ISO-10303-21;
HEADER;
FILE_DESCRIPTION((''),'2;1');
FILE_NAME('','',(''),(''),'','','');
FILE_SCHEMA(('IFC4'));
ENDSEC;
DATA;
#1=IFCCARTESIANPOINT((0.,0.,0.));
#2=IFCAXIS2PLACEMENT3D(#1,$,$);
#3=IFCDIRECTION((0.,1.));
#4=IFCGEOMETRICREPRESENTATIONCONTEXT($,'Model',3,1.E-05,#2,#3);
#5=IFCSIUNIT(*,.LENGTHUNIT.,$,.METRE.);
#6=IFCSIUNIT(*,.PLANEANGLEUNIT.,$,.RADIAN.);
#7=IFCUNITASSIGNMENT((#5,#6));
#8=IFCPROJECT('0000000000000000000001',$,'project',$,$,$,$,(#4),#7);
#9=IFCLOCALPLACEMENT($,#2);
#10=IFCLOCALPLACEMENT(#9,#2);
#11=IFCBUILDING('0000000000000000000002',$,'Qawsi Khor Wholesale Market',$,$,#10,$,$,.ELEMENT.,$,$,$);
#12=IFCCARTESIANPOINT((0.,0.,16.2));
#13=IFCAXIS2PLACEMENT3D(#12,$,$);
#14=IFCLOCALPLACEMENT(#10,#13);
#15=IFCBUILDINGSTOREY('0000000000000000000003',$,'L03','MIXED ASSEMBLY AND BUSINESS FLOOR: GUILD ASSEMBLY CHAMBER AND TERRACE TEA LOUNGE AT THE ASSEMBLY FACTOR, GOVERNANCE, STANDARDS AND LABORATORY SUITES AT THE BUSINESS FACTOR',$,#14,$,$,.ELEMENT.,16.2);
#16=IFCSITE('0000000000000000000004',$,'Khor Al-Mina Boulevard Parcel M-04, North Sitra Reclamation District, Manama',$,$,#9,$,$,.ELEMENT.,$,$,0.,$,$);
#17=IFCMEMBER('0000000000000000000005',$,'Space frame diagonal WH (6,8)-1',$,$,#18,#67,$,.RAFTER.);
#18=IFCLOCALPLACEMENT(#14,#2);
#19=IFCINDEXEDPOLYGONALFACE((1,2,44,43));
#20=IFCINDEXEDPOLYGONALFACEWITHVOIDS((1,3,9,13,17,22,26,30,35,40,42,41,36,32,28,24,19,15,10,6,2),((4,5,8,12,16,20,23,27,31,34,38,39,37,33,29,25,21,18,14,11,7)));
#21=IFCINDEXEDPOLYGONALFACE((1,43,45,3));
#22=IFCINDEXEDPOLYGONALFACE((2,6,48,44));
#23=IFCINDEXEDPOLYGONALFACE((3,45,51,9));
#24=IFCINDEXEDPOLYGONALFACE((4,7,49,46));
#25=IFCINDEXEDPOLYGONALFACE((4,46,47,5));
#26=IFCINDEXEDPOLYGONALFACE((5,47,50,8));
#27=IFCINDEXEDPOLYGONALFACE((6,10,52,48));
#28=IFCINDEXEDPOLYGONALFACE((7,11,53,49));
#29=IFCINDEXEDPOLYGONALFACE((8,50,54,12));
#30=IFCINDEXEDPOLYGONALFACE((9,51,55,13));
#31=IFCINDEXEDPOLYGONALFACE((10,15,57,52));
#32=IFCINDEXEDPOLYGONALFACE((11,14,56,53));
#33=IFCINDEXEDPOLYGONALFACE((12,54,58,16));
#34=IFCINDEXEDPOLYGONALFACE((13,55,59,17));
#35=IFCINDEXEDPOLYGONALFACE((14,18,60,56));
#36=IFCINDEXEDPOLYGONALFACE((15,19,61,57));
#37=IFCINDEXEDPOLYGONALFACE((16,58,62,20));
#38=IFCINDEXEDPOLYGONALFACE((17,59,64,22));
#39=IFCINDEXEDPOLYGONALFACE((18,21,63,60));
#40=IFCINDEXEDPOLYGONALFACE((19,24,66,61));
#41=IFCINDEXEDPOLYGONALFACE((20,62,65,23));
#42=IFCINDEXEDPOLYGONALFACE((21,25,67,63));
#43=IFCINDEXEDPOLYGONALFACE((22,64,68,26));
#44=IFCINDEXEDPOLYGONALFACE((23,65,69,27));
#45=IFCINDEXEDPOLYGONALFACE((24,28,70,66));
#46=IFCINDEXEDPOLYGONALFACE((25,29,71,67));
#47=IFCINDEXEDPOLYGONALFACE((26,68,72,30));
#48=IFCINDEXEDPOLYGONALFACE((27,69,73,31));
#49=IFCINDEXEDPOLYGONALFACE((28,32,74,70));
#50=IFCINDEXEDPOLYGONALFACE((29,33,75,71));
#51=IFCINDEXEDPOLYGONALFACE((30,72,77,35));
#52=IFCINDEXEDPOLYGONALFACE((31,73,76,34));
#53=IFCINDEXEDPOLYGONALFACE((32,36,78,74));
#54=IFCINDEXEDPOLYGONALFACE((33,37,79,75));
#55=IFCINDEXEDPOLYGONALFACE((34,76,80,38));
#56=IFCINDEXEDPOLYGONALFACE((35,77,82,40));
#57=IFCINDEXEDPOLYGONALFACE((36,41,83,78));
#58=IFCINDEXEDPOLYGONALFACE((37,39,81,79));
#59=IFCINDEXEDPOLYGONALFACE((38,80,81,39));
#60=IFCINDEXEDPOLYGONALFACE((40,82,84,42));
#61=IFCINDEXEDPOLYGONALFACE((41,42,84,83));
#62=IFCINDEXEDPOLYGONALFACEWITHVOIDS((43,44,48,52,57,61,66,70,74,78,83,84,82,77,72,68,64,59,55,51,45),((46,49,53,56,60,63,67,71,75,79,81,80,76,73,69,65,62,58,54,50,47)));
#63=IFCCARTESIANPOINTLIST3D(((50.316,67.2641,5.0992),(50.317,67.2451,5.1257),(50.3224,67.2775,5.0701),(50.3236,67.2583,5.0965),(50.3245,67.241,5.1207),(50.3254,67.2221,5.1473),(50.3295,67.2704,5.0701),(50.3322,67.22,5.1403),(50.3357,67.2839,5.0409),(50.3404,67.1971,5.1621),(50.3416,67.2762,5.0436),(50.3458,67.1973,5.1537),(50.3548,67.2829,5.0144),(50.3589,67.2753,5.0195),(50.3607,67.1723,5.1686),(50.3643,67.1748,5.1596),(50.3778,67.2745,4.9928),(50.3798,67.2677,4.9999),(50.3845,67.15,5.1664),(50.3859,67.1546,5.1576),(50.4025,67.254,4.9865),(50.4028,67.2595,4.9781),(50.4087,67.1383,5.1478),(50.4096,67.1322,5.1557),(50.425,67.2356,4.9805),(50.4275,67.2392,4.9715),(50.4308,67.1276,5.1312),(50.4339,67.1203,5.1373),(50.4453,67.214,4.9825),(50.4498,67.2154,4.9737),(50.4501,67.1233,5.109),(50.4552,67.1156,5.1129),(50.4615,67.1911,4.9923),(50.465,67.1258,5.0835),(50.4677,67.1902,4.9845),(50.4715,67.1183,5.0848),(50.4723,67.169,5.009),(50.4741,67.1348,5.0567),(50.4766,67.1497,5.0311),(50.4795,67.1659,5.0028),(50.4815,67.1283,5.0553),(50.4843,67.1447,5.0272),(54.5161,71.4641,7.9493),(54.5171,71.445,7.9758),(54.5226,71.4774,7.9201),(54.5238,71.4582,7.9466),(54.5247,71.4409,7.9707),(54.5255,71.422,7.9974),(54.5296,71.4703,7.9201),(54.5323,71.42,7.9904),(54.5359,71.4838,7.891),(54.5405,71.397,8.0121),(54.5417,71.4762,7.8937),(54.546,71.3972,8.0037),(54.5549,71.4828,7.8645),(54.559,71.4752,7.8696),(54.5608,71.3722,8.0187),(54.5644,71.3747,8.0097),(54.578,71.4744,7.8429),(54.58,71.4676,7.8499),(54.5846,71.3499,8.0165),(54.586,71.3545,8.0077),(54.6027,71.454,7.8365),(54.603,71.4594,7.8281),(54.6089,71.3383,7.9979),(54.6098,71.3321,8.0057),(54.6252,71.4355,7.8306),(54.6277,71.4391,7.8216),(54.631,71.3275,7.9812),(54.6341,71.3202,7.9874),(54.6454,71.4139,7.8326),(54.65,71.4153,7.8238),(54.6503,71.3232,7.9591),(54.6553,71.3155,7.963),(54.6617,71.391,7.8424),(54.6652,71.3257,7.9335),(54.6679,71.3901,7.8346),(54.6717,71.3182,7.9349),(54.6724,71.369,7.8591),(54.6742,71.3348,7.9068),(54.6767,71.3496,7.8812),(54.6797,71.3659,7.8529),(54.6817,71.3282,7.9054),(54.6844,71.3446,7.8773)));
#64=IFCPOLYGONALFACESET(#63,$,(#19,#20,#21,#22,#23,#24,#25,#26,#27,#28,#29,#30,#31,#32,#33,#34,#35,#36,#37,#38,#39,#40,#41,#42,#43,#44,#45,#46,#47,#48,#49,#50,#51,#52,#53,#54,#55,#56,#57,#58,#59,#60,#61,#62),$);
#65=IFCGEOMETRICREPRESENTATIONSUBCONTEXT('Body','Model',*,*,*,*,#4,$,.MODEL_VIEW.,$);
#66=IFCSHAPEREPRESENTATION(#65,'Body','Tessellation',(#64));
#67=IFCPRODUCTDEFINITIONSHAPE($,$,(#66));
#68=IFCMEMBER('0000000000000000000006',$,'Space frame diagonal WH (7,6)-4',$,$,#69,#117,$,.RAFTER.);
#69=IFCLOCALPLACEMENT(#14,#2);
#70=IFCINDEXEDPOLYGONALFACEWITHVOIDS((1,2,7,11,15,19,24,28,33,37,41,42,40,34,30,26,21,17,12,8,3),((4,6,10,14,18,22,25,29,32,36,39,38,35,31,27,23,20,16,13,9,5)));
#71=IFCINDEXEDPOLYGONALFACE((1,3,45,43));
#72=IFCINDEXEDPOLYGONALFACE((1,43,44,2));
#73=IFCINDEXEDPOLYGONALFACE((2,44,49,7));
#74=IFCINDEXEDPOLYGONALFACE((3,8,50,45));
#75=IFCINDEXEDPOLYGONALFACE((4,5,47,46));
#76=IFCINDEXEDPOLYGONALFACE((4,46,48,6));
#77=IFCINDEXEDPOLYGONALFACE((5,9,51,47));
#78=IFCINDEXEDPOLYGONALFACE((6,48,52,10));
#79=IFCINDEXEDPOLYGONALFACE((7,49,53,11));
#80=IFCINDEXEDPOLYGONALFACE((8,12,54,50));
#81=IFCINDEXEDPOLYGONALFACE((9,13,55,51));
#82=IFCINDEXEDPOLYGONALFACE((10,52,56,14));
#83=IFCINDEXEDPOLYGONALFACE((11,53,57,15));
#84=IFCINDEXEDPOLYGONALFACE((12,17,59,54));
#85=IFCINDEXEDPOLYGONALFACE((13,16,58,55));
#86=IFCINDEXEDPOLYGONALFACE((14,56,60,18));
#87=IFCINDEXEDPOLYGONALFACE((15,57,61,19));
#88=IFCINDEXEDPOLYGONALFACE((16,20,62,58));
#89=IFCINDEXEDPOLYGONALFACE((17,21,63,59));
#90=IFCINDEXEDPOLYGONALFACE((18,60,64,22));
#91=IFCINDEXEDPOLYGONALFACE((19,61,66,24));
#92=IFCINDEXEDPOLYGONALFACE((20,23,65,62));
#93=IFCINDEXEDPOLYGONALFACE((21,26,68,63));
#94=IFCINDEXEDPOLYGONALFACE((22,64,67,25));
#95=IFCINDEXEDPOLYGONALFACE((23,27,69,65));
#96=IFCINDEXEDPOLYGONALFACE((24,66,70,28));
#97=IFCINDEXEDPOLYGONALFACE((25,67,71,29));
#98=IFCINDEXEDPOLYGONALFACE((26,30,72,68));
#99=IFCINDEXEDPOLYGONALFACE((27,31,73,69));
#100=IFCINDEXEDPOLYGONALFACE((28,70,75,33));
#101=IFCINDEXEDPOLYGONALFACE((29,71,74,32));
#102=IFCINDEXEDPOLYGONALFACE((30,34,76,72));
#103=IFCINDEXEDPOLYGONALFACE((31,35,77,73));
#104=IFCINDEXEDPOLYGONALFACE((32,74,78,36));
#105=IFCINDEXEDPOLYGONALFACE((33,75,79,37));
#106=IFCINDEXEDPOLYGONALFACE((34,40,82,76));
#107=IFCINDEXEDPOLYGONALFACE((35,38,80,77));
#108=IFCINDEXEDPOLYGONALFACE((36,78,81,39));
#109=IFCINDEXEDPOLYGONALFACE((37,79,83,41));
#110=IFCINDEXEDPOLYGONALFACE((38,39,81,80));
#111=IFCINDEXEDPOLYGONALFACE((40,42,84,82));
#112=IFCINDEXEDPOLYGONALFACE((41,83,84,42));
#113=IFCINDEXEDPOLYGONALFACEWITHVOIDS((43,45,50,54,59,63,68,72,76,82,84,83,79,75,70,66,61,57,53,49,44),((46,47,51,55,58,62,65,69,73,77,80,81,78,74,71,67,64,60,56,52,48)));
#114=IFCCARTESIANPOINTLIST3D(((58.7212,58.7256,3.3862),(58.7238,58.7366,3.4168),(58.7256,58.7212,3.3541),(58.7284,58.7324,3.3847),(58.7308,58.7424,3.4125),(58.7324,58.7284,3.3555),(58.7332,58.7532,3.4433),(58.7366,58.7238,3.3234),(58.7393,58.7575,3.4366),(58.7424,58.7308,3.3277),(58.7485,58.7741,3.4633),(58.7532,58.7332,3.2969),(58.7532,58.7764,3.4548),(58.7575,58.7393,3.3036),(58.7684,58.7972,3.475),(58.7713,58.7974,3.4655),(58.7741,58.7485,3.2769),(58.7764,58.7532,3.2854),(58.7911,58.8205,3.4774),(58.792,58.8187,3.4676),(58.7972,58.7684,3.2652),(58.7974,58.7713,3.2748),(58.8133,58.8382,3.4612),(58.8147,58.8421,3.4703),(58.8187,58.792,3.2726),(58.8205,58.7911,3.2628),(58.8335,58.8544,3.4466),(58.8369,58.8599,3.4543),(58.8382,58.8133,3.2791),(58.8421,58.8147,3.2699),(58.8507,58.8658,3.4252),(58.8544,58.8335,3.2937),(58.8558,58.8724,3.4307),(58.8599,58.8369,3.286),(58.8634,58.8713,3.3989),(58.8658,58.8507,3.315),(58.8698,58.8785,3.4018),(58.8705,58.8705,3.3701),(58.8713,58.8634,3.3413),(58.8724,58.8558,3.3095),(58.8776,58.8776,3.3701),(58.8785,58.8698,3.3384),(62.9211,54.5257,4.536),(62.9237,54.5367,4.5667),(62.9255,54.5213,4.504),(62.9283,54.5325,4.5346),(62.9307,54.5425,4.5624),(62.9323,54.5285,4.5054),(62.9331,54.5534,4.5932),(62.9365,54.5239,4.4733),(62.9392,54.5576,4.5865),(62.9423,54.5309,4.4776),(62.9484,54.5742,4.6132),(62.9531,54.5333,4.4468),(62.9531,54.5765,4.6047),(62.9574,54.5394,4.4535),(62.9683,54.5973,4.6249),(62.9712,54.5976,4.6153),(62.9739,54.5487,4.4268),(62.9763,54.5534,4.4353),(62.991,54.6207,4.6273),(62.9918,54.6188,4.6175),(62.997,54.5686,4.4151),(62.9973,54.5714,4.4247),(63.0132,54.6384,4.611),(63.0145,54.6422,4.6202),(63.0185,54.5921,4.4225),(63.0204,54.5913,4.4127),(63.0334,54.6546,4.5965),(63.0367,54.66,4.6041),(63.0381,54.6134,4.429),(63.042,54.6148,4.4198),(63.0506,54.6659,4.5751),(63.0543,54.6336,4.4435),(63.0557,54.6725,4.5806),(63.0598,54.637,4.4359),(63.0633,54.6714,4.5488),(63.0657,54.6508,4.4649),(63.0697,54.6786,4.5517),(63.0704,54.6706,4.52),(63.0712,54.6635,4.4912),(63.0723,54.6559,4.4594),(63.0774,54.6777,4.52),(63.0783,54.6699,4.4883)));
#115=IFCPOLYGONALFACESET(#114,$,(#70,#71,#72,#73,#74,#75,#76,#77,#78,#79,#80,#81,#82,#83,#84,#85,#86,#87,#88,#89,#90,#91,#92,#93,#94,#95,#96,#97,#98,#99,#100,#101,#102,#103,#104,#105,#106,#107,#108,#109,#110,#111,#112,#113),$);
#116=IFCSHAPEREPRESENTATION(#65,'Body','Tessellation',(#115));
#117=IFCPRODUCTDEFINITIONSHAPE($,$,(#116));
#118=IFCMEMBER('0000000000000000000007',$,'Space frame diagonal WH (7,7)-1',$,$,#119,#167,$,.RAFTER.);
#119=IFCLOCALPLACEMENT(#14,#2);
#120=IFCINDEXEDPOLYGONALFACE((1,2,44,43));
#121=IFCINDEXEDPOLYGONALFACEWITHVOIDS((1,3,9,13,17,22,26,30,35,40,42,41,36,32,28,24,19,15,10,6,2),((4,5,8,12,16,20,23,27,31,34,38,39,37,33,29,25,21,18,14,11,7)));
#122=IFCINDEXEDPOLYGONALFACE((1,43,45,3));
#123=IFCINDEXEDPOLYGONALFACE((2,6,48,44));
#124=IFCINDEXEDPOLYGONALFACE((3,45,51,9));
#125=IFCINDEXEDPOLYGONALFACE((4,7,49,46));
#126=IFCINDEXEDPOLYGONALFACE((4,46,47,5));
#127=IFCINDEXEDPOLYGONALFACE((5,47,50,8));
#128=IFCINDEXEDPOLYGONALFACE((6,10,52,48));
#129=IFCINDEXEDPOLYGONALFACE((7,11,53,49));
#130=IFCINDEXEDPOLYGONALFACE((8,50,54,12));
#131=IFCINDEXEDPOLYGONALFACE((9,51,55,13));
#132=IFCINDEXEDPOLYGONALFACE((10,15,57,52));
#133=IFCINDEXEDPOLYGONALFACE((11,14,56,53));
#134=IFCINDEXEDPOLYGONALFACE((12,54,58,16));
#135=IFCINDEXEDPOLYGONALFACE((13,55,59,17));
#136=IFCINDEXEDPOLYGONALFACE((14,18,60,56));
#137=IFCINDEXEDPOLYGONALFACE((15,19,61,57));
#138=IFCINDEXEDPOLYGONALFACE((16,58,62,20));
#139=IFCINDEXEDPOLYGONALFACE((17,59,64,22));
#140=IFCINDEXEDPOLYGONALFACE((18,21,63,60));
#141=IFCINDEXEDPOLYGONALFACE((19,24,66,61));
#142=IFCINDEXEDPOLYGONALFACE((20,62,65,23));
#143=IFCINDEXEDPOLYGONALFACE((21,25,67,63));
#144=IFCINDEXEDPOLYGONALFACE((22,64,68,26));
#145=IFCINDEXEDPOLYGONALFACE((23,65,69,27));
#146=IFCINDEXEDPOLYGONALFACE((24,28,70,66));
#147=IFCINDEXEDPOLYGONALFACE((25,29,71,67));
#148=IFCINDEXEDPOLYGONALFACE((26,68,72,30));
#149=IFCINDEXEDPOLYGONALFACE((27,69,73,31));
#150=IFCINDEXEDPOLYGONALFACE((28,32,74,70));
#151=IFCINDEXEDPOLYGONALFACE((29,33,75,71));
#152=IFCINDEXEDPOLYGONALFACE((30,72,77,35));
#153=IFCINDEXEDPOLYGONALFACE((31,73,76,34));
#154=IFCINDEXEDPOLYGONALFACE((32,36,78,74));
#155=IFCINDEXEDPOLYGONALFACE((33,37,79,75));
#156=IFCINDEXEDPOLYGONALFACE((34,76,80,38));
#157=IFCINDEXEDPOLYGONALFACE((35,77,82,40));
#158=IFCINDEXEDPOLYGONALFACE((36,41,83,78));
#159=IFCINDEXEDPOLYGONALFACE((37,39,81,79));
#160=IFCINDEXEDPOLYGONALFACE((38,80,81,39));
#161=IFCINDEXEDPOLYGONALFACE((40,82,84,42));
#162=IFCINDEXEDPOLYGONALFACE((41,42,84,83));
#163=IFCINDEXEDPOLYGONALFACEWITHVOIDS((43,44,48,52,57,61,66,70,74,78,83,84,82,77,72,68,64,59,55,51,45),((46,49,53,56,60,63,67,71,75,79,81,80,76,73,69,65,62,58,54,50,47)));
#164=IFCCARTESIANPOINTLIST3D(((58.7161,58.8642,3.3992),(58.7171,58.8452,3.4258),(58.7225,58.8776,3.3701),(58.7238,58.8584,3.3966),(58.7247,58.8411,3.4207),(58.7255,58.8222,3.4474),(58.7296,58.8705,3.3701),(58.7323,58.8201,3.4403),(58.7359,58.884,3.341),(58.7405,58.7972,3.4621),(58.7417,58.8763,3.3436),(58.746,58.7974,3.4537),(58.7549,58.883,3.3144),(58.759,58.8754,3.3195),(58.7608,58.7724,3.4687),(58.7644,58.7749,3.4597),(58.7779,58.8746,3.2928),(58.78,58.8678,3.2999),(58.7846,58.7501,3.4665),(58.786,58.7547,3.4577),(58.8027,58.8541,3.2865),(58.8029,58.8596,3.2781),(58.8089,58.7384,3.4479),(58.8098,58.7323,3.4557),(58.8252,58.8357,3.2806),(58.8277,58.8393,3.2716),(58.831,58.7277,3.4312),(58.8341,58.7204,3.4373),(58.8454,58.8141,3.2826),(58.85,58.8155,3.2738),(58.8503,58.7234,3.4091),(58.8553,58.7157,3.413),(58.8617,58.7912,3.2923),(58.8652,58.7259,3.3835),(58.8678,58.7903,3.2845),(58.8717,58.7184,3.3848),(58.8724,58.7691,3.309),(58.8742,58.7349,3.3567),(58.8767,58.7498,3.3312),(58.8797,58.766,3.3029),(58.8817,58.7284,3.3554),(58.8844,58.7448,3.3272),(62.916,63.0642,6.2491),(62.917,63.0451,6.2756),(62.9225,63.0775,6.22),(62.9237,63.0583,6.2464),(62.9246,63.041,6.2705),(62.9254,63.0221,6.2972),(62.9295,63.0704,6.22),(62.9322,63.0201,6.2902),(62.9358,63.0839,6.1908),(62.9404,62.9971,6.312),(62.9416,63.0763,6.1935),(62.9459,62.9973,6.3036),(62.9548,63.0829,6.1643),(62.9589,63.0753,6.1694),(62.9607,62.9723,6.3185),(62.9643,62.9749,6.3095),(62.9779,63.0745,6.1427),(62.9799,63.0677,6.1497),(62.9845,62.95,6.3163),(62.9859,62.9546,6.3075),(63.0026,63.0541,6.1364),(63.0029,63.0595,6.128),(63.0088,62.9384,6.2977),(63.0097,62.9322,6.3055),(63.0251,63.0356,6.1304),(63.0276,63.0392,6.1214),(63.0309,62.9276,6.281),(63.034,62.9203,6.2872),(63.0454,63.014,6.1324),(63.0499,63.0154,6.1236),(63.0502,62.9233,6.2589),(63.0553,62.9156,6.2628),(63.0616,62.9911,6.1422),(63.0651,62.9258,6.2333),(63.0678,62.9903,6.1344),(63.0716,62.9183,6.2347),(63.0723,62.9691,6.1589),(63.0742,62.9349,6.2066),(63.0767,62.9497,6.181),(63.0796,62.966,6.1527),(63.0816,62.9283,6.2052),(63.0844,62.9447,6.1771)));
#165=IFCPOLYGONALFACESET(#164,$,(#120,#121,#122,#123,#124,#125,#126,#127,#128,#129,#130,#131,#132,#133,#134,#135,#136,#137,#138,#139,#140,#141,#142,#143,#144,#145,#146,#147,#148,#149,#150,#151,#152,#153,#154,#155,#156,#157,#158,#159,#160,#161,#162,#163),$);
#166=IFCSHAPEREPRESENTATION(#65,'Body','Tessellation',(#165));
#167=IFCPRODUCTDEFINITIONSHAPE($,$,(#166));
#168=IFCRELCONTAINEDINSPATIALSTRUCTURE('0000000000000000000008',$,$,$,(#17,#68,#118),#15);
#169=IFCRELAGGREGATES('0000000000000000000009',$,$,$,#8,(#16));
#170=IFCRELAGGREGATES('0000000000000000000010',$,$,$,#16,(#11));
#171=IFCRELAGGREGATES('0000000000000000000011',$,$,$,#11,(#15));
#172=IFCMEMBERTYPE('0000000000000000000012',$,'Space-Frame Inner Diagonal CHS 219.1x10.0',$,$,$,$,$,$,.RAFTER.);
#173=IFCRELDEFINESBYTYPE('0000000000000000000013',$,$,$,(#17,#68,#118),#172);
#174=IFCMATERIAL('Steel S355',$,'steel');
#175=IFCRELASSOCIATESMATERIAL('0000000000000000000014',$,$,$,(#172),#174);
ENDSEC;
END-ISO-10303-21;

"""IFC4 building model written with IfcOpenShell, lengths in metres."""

from ifc_helpers import new_model, si_unit, direction, frame, origin, origin_2d, place, context, subcontext, project, spatial, hollow_circle, extrude, material, material_profile, profile_set, type_object, element, save


model = new_model("IFC4")

# Units and contexts
model_context = context("Model", 3, precision=1e-05, world=origin(), true_north=direction((0.0, 1.0)))
body_context = subcontext(model_context, "Body", "Model", "MODEL_VIEW")
ifc_project = project(units=[si_unit("LENGTHUNIT", "METRE"), si_unit("PLANEANGLEUNIT", "RADIAN")], contexts=[model_context])

# Site, building, storey
site_placement = place(None, origin())
site = spatial("IfcSite", under=ifc_project, at=site_placement, Name="Khor Al-Mina Boulevard Parcel M-04, North Sitra Reclamation District, Manama", CompositionType="ELEMENT", RefElevation=0.0)
building_placement = place(site_placement, origin())
building = spatial("IfcBuilding", under=site, at=building_placement, Name="Qawsi Khor Wholesale Market", CompositionType="ELEMENT")
storey_placement = place(building_placement, frame((0.0, 0.0, 16.2)))
storey = spatial("IfcBuildingStorey", under=building, at=storey_placement, Name="L03", Description="MIXED ASSEMBLY AND BUSINESS FLOOR: GUILD ASSEMBLY CHAMBER AND TERRACE TEA LOUNGE AT THE ASSEMBLY FACTOR, GOVERNANCE, STANDARDS AND LABORATORY SUITES AT THE BUSINESS FACTOR", CompositionType="ELEMENT", Elevation=16.2)

# Members
ifc_material_1 = material(Name="Steel S355", Category="steel")
ifc_material_profile_1 = material_profile(ifc_material_1, hollow_circle(Radius=0.1096, WallThickness=0.01, at=origin_2d()), Name="CHS 219.1x10.0")
ifc_profile_set_1 = profile_set([ifc_material_profile_1], Name="Steel S355")
member_type_1 = type_object("IfcMemberType", Name="Space-Frame Inner Diagonal CHS 219.1x10.0", PredefinedType="RAFTER", material=ifc_profile_set_1)
member_1_placement = place(storey_placement, frame((50.3999, 67.2, 5.0701), z_axis=(0.637534, 0.637497, 0.432607), x_axis=(-0.707086, 0.707127, 0.0)))
element("IfcMember", 1, at=member_1_placement, inside=storey, type_object=member_type_1, Name="Space frame diagonal WH (6,8)-1", PredefinedType="RAFTER", context=body_context, shape_type="SweptSolid", body=[
    extrude(hollow_circle(Radius=0.1096, WallThickness=0.01, at=origin_2d()), origin(), (0.0, 0.0, 1.0), 6.5881),
])
member_2_placement = place(storey_placement, frame((58.8, 58.8, 3.3701), z_axis=(0.694217, -0.694217, 0.190069), x_axis=(0.707107, 0.707107, 0.0)))
element("IfcMember", 2, at=member_2_placement, inside=storey, type_object=member_type_1, Name="Space frame diagonal WH (7,6)-4", PredefinedType="RAFTER", context=body_context, shape_type="SweptSolid", body=[
    extrude(hollow_circle(Radius=0.1096, WallThickness=0.01, at=origin_2d()), origin(), (0.0, 0.0, 1.0), 6.0498),
])
member_3_placement = place(storey_placement, frame((58.8, 58.8, 3.3701), z_axis=(0.637522, 0.637522, 0.432587), x_axis=(-0.707107, 0.707107, 0.0)))
element("IfcMember", 3, at=member_3_placement, inside=storey, type_object=member_type_1, Name="Space frame diagonal WH (7,7)-1", PredefinedType="RAFTER", context=body_context, shape_type="SweptSolid", body=[
    extrude(hollow_circle(Radius=0.1096, WallThickness=0.01, at=origin_2d()), origin(), (0.0, 0.0, 1.0), 6.5879),
])

save(model, "model.ifc")
